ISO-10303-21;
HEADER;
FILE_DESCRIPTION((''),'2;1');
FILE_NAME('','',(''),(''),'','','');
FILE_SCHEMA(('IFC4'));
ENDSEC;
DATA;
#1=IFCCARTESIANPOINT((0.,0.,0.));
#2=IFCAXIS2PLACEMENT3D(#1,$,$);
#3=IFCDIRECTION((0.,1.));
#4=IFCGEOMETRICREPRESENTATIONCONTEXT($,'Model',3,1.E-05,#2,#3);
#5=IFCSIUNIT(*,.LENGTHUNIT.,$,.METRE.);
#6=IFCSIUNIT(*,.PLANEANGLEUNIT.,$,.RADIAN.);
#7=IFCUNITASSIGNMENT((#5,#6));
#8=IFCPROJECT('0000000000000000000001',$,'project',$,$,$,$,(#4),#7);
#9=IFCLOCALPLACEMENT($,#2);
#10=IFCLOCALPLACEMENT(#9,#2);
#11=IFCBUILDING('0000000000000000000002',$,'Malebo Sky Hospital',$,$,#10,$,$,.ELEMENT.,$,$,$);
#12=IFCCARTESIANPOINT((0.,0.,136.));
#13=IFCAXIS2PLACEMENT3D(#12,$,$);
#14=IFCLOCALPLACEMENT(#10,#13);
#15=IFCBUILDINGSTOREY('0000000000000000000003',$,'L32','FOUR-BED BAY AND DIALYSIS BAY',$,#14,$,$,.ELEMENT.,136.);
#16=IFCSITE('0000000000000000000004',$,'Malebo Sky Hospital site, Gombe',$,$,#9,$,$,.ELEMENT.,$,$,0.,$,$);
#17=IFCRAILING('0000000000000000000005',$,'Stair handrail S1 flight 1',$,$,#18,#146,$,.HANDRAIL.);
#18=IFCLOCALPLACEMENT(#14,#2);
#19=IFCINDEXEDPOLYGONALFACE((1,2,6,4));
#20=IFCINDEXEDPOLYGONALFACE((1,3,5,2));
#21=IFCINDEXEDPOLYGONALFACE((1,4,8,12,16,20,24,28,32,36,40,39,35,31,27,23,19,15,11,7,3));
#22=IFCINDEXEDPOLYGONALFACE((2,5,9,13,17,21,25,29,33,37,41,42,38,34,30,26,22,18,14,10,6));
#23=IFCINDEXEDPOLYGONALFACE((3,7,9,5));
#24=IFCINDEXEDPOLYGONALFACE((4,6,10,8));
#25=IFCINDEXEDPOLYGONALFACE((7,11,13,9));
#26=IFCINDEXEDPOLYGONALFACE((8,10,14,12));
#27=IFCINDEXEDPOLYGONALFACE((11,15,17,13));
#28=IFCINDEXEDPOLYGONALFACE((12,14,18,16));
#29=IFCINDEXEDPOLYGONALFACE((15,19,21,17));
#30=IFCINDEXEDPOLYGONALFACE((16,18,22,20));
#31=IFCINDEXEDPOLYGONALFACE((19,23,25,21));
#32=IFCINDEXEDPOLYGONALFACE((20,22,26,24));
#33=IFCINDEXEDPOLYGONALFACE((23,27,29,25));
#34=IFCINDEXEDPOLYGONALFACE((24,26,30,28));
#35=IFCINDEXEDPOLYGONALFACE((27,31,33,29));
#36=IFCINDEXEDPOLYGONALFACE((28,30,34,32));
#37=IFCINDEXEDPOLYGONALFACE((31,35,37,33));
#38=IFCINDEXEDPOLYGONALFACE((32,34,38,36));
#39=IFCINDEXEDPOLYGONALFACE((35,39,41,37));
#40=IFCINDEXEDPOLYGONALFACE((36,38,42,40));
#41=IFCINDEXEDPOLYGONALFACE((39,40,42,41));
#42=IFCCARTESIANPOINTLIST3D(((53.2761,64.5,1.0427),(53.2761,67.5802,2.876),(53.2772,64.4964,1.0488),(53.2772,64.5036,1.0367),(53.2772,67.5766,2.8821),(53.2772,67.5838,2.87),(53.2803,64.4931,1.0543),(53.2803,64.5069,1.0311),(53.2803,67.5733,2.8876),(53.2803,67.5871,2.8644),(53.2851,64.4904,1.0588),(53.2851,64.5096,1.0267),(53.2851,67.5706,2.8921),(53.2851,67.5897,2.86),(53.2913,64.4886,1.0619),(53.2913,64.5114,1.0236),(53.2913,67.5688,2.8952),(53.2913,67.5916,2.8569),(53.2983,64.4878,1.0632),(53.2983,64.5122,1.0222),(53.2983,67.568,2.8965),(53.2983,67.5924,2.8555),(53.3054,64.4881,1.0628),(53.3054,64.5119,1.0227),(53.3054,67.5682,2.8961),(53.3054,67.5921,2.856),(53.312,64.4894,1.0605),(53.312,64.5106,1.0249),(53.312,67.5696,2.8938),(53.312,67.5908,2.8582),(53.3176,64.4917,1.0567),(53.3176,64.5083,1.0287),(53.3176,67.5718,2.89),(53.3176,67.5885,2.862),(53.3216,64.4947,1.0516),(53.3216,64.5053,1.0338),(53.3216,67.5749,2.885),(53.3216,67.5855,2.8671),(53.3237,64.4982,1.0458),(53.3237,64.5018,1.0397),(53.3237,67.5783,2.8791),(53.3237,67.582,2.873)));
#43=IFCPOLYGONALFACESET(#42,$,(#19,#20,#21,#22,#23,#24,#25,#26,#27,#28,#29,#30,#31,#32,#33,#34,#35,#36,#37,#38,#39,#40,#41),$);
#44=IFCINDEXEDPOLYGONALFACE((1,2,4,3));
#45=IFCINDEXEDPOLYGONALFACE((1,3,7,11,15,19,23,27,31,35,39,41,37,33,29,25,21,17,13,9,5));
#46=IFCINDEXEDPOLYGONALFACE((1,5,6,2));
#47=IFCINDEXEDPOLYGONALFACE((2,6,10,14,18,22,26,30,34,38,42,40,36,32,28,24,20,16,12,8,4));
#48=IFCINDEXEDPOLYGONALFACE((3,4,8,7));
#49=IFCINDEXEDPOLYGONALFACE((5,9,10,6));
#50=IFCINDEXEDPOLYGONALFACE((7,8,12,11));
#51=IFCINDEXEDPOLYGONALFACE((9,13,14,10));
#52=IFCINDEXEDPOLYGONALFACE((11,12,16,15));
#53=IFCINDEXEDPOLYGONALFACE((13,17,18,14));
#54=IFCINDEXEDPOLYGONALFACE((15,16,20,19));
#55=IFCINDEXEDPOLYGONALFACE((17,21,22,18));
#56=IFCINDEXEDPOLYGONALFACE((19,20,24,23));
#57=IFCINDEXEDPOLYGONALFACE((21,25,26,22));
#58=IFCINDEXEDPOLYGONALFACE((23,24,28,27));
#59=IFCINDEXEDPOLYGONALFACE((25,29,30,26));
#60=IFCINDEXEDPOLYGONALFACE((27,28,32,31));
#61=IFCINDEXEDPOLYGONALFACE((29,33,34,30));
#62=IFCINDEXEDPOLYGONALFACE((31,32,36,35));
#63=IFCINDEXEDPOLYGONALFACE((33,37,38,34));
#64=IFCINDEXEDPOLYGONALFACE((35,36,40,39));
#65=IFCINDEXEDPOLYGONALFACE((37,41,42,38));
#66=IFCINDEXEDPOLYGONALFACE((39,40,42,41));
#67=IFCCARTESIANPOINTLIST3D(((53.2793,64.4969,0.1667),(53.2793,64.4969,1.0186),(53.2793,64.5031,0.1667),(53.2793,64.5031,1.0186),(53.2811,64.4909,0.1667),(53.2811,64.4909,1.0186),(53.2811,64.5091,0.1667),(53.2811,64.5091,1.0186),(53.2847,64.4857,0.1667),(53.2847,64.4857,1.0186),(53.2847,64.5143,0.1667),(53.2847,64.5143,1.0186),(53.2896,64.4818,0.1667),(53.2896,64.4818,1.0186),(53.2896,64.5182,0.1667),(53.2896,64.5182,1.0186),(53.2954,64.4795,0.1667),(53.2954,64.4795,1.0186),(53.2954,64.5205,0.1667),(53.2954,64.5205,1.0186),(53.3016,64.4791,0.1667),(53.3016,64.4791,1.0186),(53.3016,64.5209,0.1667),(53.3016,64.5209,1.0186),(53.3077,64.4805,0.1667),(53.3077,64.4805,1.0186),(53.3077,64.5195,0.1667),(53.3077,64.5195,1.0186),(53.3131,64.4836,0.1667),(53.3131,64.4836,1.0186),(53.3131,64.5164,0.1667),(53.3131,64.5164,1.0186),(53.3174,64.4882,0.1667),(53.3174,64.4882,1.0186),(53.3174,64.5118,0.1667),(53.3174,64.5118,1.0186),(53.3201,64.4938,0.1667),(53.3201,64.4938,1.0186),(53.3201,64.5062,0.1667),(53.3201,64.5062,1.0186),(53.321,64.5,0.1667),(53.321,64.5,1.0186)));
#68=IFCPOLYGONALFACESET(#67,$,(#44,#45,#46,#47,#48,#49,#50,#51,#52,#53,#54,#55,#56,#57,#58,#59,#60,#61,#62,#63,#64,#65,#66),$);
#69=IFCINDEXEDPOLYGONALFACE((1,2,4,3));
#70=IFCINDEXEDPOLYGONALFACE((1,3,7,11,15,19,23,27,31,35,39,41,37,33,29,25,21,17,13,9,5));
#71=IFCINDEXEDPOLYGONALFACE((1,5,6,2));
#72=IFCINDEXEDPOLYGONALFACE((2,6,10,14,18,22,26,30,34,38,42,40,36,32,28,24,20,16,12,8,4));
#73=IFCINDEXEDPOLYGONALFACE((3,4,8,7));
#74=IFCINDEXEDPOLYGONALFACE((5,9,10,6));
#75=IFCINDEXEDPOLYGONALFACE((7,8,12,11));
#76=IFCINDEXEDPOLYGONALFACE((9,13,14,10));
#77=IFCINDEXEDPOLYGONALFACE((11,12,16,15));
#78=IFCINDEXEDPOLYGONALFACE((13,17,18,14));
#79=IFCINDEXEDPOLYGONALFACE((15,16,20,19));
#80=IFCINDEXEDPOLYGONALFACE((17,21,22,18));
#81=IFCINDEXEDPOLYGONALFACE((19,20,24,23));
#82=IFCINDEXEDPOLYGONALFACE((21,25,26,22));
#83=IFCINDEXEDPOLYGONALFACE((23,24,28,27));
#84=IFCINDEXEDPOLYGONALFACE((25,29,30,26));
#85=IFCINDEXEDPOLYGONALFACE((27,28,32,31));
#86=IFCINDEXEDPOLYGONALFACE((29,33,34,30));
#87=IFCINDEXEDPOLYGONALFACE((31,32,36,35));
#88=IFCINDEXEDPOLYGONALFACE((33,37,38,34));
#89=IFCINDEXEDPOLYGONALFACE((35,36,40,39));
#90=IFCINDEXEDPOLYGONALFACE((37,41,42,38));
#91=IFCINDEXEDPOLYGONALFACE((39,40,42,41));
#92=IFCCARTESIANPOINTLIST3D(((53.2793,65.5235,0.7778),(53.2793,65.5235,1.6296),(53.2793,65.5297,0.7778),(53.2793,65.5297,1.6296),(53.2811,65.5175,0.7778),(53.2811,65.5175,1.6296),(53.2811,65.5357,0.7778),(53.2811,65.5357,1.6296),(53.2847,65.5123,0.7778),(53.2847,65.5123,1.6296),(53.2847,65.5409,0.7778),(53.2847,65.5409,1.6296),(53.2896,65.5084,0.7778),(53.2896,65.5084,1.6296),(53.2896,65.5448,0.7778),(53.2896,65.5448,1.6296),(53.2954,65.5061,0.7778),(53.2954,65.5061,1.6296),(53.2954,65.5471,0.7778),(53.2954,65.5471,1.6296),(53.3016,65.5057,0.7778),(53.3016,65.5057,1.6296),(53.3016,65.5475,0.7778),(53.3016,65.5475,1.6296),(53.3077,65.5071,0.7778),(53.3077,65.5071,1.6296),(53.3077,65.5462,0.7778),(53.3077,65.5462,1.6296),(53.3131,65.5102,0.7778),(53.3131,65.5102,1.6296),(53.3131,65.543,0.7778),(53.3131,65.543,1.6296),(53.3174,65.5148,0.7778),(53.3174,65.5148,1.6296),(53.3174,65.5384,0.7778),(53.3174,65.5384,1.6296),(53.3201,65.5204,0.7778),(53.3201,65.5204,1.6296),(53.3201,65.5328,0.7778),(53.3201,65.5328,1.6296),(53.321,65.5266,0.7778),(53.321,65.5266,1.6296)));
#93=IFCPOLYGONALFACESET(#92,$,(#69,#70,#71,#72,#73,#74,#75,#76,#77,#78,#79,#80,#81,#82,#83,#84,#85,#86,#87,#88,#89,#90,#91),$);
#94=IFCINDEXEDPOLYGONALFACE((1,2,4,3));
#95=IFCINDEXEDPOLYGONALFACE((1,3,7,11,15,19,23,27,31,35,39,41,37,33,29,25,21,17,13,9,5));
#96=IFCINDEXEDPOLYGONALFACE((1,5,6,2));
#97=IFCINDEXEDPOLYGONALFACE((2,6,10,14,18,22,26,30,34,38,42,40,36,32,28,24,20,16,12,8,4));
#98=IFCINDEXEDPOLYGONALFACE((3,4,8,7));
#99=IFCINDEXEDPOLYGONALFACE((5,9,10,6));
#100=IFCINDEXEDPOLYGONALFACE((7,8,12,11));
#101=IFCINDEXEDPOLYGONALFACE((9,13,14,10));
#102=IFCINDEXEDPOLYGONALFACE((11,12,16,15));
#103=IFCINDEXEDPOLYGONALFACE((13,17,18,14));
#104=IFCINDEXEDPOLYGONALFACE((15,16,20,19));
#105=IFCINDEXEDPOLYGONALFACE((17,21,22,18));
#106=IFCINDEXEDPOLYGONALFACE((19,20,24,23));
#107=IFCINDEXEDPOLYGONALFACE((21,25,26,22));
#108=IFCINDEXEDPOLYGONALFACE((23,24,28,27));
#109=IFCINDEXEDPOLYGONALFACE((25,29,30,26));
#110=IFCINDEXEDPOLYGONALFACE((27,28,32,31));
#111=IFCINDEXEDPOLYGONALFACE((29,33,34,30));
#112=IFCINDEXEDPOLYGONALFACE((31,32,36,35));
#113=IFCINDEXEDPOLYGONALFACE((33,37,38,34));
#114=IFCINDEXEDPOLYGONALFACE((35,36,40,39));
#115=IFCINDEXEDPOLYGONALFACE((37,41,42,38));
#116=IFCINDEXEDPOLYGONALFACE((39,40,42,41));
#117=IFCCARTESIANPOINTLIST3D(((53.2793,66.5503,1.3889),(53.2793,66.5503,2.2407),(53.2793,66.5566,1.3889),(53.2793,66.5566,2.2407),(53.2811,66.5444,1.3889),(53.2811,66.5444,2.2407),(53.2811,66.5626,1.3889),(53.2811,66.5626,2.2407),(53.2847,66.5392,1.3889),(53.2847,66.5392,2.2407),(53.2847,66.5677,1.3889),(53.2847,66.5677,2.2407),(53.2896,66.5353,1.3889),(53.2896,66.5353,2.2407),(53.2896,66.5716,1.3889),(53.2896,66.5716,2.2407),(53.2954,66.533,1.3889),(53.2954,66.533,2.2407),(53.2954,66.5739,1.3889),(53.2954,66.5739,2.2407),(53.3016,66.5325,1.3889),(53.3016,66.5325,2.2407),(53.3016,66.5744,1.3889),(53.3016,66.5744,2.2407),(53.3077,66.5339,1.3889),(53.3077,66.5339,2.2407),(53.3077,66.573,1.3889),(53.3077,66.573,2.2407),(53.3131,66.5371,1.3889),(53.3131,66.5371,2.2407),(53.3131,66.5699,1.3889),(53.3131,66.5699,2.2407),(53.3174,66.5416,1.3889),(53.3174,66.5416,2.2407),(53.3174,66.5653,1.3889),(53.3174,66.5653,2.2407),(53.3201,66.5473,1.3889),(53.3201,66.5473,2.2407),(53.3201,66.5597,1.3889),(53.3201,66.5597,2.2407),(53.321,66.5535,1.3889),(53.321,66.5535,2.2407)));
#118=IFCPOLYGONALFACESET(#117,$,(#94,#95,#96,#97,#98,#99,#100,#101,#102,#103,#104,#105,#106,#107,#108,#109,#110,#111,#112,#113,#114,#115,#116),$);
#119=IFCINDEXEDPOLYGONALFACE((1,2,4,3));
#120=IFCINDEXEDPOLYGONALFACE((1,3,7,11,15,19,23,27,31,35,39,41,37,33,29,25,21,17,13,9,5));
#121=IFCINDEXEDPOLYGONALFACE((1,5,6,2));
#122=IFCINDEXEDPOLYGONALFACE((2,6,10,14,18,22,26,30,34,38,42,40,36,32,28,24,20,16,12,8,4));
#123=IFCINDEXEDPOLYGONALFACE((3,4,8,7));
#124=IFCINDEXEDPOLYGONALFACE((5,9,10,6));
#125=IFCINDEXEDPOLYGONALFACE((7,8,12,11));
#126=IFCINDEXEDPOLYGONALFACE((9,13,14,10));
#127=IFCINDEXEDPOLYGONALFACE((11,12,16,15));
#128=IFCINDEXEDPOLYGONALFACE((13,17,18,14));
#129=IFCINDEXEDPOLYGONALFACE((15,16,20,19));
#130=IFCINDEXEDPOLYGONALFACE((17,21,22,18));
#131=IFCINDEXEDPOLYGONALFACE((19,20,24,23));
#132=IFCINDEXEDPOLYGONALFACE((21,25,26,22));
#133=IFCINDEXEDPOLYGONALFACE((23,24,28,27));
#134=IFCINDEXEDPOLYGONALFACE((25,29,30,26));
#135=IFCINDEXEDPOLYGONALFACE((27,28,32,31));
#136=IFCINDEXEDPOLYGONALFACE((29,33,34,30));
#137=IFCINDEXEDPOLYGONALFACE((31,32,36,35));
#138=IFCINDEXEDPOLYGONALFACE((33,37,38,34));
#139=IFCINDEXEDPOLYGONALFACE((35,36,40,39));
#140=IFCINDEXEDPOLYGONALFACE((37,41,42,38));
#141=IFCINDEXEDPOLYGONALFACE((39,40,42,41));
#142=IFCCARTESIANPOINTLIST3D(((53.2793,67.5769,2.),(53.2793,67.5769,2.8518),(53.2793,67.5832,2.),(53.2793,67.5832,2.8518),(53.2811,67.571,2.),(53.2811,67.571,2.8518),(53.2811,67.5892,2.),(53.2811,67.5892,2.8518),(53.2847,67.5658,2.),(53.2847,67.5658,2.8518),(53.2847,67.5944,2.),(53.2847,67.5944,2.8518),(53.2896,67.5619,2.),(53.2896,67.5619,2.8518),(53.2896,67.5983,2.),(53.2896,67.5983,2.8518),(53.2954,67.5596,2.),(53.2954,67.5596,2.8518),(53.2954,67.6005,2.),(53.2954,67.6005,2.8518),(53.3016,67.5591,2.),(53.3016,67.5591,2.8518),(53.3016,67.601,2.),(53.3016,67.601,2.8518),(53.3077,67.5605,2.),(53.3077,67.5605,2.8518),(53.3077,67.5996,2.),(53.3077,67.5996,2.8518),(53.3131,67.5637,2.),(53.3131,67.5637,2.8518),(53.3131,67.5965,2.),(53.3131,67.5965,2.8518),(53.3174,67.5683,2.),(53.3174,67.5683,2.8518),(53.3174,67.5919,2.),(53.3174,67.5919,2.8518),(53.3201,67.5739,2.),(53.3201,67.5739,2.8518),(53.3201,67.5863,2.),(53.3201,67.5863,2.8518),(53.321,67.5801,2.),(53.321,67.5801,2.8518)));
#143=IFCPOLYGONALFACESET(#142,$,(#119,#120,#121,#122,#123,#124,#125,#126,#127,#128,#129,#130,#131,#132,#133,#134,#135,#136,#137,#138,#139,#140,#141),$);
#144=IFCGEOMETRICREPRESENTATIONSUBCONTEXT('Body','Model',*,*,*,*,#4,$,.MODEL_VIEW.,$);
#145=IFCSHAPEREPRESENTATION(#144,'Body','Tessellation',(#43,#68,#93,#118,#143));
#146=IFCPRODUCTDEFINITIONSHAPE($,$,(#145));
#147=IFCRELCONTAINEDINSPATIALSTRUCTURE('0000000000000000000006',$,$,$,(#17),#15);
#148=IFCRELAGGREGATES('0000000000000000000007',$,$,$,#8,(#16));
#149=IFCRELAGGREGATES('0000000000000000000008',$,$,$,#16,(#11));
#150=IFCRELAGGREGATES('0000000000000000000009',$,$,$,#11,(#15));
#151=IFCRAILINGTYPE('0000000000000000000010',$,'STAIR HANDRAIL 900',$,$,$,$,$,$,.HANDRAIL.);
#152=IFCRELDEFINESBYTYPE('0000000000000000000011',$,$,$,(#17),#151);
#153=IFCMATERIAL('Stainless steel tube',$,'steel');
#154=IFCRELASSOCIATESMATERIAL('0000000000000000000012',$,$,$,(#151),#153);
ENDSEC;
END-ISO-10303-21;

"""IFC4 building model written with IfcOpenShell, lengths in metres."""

from ifc_helpers import new_model, si_unit, direction, frame, origin, origin_2d, place, context, subcontext, project, spatial, circle, extrude, material, type_object, element, save


model = new_model("IFC4")

# Units and contexts
model_context = context("Model", 3, precision=1e-05, world=origin(), true_north=direction((0.0, 1.0)))
body_context = subcontext(model_context, "Body", "Model", "MODEL_VIEW")
ifc_project = project(units=[si_unit("LENGTHUNIT", "METRE"), si_unit("PLANEANGLEUNIT", "RADIAN")], contexts=[model_context])

# Site, building, storey
site_placement = place(None, origin())
site = spatial("IfcSite", under=ifc_project, at=site_placement, Name="Malebo Sky Hospital site, Gombe", CompositionType="ELEMENT", RefElevation=0.0)
building_placement = place(site_placement, origin())
building = spatial("IfcBuilding", under=site, at=building_placement, Name="Malebo Sky Hospital", CompositionType="ELEMENT")
storey_placement = place(building_placement, frame((0.0, 0.0, 136.0)))
storey = spatial("IfcBuildingStorey", under=building, at=storey_placement, Name="L32", Description="FOUR-BED BAY AND DIALYSIS BAY", CompositionType="ELEMENT", Elevation=136.0)

# Railing
ifc_material_1 = material(Name="Stainless steel tube", Category="steel")
railing_type = type_object("IfcRailingType", Name="STAIR HANDRAIL 900", PredefinedType="HANDRAIL", material=ifc_material_1)
railing_1_placement = place(storey_placement, frame((53.3, 64.5, 0.1667)))
element("IfcRailing", 1, at=railing_1_placement, inside=storey, type_object=railing_type, Name="Stair handrail S1 flight 1", PredefinedType="HANDRAIL", context=body_context, shape_type="SweptSolid", body=[
    extrude(circle(Radius=0.0239, at=origin_2d()), frame((0.0, 0.0, 0.876), z_axis=(0.0, 0.859309, 0.511458), x_axis=(-1.0, 0.0, 0.0)), (0.0, 0.0, 1.0), 3.5845),
    extrude(circle(Radius=0.021, at=origin_2d()), origin(), (0.0, 0.0, 1.0), 0.8518),
    extrude(circle(Radius=0.021, at=origin_2d()), frame((0.0, 1.0266, 0.6111)), (0.0, 0.0, 1.0), 0.8518),
    extrude(circle(Radius=0.021, at=origin_2d()), frame((0.0, 2.0535, 1.2222)), (0.0, 0.0, 1.0), 0.8518),
    extrude(circle(Radius=0.021, at=origin_2d()), frame((0.0, 3.0801, 1.8333)), (0.0, 0.0, 1.0), 0.8518),
])

save(model, "model.ifc")
